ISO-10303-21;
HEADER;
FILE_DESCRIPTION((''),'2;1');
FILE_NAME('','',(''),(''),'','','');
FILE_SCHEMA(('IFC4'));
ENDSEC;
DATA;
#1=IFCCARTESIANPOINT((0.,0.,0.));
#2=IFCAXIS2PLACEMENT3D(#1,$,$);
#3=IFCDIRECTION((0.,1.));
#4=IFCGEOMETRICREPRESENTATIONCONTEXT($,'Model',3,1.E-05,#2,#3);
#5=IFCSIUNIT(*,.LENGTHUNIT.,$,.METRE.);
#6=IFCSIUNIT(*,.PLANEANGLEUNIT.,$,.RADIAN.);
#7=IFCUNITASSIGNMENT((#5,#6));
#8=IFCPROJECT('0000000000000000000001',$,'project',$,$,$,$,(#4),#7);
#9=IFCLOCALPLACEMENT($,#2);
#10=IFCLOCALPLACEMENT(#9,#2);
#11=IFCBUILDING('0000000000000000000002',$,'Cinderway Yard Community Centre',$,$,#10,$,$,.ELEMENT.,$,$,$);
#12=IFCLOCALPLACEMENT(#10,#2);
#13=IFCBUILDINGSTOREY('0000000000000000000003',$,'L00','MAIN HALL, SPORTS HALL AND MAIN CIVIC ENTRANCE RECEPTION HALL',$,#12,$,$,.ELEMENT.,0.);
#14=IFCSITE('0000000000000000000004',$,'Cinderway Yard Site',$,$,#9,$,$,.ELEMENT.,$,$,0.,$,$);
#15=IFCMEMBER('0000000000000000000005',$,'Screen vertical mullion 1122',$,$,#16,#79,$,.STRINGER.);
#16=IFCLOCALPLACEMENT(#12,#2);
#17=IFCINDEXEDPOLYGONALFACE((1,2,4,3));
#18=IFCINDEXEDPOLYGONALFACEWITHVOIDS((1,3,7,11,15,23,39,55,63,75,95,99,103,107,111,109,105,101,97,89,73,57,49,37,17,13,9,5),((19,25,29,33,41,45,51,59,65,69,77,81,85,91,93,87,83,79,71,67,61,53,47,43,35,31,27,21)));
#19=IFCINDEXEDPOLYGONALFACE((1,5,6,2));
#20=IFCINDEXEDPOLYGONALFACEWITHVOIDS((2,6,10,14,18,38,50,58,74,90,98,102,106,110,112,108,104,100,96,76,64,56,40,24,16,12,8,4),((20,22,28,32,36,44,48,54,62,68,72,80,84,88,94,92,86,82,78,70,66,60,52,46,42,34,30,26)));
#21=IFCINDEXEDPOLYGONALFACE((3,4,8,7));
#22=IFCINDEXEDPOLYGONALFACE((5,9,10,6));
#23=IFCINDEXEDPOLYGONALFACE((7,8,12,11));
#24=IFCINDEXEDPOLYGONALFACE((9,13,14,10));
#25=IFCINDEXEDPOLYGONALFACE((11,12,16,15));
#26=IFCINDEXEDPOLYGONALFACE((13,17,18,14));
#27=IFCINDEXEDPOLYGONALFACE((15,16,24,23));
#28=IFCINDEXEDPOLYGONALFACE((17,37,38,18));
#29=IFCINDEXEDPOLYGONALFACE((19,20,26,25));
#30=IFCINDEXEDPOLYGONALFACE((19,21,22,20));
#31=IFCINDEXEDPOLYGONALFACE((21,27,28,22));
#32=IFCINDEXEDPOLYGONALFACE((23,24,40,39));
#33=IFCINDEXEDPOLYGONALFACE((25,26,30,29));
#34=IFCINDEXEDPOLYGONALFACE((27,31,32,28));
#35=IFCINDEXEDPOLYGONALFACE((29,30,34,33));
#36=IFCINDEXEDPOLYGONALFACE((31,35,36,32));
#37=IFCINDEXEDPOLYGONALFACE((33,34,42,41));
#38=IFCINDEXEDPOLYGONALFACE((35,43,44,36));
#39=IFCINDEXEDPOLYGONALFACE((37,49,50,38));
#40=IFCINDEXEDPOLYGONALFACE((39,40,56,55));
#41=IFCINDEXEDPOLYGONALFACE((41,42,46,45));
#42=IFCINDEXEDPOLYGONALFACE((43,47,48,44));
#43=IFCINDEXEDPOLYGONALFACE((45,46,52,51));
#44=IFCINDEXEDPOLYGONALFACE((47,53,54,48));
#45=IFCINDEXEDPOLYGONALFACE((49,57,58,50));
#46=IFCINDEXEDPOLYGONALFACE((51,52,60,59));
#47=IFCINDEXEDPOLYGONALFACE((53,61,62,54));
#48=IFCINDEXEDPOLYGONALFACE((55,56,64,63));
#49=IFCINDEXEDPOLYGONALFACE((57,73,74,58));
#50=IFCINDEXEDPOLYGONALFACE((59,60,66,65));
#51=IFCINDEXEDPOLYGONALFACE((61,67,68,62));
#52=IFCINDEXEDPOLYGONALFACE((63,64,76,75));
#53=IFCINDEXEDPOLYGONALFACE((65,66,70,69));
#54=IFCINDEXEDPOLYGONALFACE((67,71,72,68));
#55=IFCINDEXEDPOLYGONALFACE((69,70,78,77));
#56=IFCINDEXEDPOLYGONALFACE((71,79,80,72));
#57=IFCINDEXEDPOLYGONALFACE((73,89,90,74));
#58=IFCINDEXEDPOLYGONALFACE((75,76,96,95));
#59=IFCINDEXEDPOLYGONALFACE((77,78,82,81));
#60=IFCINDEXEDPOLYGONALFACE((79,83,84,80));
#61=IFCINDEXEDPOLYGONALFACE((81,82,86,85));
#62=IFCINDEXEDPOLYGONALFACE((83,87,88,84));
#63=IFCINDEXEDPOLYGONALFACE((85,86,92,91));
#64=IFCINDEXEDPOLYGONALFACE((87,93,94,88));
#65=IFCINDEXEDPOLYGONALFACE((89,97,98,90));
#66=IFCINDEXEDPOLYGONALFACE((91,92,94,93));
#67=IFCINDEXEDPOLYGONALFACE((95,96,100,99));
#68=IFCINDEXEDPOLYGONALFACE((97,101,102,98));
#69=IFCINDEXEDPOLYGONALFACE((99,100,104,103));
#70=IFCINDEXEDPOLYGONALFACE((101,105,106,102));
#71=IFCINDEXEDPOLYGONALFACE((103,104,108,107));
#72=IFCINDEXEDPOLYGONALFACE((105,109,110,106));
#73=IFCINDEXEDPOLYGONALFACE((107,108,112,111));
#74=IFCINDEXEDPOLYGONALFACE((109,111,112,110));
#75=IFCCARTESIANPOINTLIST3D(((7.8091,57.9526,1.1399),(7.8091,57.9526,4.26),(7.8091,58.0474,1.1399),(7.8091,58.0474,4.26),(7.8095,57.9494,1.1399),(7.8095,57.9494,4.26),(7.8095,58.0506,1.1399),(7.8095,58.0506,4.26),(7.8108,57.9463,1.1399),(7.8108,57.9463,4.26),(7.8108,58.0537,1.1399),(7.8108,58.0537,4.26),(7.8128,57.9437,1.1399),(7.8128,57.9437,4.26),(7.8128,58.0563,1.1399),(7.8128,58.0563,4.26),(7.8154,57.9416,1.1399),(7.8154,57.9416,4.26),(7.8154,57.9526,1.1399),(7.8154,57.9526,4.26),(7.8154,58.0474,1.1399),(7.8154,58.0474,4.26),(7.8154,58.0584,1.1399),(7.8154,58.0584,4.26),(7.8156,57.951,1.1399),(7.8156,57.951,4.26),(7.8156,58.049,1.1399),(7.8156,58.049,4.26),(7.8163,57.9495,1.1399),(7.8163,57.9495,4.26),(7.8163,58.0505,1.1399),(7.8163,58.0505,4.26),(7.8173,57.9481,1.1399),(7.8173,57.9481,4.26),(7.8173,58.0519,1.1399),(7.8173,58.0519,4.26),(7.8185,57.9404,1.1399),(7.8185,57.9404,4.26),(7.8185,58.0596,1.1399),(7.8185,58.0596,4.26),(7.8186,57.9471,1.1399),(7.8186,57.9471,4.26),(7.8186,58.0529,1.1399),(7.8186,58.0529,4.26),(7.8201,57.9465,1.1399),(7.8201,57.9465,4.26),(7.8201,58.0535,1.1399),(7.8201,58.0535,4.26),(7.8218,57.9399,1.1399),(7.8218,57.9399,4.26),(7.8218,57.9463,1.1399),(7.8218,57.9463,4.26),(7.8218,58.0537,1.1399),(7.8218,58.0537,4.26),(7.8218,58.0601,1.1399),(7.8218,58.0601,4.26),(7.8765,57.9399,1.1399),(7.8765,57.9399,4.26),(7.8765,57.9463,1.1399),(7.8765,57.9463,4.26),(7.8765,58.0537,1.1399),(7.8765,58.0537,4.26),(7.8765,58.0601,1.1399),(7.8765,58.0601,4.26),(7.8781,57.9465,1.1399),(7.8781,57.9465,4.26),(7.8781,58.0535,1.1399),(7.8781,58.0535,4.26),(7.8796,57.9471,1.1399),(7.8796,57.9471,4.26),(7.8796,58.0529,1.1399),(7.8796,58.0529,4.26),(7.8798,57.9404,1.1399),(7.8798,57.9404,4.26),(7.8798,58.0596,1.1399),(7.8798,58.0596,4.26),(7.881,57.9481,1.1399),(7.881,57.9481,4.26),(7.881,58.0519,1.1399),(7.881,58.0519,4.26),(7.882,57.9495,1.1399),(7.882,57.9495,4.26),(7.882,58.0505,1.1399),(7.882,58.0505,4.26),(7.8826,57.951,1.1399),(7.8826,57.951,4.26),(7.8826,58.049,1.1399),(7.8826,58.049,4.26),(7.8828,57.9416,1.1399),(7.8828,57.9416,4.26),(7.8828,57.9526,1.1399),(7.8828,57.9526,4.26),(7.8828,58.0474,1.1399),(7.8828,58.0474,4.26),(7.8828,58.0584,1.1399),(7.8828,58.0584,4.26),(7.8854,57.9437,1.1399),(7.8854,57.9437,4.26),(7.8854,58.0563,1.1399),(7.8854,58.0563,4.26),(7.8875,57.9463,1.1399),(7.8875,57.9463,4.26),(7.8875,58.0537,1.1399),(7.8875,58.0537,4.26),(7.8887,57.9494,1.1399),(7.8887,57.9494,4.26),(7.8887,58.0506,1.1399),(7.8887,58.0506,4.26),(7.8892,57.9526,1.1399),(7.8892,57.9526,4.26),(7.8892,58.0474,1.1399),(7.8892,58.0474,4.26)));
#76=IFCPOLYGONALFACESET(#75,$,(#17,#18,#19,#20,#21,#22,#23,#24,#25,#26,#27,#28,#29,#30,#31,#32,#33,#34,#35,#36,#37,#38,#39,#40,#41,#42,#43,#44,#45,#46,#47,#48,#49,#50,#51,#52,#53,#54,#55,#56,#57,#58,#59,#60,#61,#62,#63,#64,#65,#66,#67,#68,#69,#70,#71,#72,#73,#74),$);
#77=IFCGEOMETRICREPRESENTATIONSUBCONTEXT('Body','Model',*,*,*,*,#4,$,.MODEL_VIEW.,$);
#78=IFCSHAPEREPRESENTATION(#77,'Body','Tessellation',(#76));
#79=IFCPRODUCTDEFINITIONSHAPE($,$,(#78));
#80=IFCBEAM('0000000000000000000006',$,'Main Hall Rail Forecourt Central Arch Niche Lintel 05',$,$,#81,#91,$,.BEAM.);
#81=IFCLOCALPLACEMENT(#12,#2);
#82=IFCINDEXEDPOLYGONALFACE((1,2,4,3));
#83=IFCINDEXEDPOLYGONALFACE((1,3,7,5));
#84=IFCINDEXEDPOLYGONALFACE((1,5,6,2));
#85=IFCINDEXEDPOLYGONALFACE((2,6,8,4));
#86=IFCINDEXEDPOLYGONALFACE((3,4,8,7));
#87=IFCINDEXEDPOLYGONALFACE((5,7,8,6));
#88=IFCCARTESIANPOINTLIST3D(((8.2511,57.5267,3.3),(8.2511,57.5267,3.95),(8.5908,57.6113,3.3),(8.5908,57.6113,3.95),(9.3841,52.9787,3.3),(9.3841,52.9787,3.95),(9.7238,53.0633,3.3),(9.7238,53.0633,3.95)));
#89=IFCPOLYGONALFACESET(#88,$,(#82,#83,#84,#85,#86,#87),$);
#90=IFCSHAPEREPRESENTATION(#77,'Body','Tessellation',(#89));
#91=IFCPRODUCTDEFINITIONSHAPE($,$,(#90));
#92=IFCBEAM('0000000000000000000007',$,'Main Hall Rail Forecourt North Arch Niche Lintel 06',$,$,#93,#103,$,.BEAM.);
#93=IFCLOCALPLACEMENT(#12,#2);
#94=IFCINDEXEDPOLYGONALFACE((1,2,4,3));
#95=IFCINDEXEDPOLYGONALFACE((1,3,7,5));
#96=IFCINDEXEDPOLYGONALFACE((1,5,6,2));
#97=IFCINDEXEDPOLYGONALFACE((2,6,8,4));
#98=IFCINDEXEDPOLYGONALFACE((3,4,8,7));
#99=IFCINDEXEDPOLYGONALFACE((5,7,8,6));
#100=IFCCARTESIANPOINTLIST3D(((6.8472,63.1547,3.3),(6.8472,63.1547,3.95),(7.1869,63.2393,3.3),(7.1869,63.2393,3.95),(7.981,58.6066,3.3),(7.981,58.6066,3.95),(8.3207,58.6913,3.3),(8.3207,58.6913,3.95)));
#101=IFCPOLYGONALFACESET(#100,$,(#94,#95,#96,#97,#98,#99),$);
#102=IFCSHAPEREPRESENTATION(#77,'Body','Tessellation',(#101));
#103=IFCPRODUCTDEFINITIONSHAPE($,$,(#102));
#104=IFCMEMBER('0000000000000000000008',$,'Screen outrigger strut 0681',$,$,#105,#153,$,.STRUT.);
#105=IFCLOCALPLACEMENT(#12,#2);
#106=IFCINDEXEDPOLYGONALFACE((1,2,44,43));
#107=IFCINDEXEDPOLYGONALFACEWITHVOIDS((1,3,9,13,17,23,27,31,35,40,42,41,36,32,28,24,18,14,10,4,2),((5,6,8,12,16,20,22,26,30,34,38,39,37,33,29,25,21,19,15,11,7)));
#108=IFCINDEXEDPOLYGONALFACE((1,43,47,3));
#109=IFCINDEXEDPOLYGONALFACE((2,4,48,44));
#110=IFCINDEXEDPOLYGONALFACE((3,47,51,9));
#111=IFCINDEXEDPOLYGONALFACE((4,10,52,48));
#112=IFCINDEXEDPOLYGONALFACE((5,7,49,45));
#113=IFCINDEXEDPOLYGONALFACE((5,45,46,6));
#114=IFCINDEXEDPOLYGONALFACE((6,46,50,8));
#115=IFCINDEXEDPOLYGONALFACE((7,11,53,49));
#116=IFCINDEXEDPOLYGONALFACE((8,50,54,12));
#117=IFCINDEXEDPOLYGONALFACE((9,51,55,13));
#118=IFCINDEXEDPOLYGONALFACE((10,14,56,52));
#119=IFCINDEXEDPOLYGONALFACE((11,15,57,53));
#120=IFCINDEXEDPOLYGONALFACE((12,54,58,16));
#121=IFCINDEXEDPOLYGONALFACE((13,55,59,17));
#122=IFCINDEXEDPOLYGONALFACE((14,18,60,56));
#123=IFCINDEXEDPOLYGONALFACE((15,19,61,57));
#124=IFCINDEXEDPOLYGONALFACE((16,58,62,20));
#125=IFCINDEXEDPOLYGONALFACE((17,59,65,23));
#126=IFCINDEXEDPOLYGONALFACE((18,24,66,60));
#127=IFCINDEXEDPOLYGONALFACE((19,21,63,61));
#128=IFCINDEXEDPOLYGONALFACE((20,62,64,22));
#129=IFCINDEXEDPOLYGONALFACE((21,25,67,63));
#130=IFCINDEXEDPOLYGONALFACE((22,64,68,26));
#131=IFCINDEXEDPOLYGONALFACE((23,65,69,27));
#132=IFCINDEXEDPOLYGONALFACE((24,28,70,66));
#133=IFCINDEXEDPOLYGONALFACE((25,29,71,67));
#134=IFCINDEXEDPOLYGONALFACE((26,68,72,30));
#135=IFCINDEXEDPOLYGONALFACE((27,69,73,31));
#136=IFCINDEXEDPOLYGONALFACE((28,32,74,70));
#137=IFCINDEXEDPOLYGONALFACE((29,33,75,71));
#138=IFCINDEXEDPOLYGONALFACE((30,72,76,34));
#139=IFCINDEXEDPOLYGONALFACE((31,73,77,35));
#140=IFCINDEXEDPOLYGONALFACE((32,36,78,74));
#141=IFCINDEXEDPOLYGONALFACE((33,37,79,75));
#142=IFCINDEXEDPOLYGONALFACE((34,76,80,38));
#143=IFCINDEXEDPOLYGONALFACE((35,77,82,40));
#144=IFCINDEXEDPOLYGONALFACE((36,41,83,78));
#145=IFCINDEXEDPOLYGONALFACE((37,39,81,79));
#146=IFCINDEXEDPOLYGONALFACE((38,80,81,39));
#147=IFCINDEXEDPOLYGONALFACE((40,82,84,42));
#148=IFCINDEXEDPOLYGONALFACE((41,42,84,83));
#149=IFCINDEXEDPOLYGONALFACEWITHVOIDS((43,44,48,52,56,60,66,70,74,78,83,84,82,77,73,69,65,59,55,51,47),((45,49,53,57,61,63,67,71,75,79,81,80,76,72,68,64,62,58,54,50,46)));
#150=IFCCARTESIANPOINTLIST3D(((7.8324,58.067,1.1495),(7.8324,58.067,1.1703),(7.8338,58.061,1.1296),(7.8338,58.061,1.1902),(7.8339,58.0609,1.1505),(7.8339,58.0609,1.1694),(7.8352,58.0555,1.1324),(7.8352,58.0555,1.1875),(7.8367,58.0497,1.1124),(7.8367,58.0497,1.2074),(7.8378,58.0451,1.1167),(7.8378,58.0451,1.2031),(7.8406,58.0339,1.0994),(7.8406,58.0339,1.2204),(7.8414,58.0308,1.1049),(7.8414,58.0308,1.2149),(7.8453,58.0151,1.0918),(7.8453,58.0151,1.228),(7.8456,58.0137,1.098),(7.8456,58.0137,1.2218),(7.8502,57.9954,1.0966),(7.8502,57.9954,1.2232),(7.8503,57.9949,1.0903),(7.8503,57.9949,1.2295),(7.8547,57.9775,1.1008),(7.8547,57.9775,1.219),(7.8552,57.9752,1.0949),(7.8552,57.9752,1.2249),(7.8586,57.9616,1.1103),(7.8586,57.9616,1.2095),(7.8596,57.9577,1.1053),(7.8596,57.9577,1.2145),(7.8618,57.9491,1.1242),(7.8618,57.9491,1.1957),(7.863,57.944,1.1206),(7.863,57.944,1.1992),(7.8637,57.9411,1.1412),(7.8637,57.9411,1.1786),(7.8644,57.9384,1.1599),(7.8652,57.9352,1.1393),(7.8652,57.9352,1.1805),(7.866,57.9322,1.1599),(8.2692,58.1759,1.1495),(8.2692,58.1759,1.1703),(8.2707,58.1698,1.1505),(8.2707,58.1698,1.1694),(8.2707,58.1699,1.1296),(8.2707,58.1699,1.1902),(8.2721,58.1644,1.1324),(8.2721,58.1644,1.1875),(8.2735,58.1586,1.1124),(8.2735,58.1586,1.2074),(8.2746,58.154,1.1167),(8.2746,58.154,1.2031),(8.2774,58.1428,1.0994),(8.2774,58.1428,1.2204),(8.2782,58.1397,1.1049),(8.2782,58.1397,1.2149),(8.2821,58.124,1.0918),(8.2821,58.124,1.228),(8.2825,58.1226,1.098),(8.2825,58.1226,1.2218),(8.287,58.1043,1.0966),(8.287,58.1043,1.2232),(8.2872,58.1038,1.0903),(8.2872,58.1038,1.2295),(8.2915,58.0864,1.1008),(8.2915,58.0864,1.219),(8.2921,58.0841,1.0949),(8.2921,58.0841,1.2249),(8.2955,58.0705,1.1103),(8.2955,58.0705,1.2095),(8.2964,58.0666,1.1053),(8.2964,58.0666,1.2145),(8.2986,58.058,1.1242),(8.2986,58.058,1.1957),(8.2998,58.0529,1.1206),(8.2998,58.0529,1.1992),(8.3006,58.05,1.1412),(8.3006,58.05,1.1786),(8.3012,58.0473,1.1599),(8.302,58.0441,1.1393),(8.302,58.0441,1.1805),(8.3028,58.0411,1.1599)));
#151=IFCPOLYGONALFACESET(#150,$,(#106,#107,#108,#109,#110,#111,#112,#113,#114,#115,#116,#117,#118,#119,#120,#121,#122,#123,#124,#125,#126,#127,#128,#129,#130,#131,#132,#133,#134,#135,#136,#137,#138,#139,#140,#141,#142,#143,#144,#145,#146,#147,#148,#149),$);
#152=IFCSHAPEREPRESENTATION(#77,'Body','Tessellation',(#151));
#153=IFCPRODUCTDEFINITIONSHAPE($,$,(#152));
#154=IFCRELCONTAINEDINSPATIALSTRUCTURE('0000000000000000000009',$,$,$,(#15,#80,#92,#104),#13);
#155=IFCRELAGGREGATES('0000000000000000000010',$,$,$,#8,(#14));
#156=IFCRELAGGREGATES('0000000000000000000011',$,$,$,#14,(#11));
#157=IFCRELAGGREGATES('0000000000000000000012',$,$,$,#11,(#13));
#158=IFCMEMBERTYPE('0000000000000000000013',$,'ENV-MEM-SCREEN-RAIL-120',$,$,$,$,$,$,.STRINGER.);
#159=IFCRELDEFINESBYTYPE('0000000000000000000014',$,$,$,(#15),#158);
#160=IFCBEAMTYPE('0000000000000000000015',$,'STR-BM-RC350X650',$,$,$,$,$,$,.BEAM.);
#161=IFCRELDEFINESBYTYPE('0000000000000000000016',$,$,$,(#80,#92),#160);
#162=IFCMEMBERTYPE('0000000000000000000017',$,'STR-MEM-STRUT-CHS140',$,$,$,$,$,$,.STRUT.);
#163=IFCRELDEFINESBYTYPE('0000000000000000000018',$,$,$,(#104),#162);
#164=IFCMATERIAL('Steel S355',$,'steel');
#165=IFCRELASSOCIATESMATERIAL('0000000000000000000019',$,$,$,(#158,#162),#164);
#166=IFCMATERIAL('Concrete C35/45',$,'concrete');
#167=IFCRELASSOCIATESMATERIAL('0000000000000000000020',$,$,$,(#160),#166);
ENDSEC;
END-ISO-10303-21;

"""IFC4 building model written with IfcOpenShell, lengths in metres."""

from ifc_helpers import new_model, si_unit, direction, frame, origin, origin_2d, place, context, subcontext, project, spatial, rectangle, hollow_rectangle, hollow_circle, extrude, material, material_profile, profile_set, type_object, element, save


model = new_model("IFC4")

# Units and contexts
model_context = context("Model", 3, precision=1e-05, world=origin(), true_north=direction((0.0, 1.0)))
body_context = subcontext(model_context, "Body", "Model", "MODEL_VIEW")
ifc_project = project(units=[si_unit("LENGTHUNIT", "METRE"), si_unit("PLANEANGLEUNIT", "RADIAN")], contexts=[model_context])

# Site, building, storey
site_placement = place(None, origin())
site = spatial("IfcSite", under=ifc_project, at=site_placement, Name="Cinderway Yard Site", CompositionType="ELEMENT", RefElevation=0.0)
building_placement = place(site_placement, origin())
building = spatial("IfcBuilding", under=site, at=building_placement, Name="Cinderway Yard Community Centre", CompositionType="ELEMENT")
storey_placement = place(building_placement, origin())
storey = spatial("IfcBuildingStorey", under=building, at=storey_placement, Name="L00", Description="MAIN HALL, SPORTS HALL AND MAIN CIVIC ENTRANCE RECEPTION HALL", CompositionType="ELEMENT", Elevation=0.0)

# Member
ifc_material_1 = material(Name="Steel S355", Category="steel")
ifc_material_profile_1 = material_profile(ifc_material_1, hollow_rectangle(XDim=0.0801, YDim=0.1201, WallThickness=0.0063, InnerFilletRadius=0.0063, OuterFilletRadius=0.0127, at=origin_2d()), Name="Steel S355")
ifc_profile_set_1 = profile_set([ifc_material_profile_1], Name="Steel S355")
member_type_1 = type_object("IfcMemberType", Name="ENV-MEM-SCREEN-RAIL-120", PredefinedType="STRINGER", material=ifc_profile_set_1)
member_placement = place(storey_placement, frame((7.8491, 58.0, 1.1399), z_axis=(0.0, 0.0, 1.0), x_axis=(1.0, 0.0, 0.0)))
element("IfcMember", 1, at=member_placement, inside=storey, type_object=member_type_1, Name="Screen vertical mullion 1122", PredefinedType="STRINGER", context=body_context, shape_type="SweptSolid", body=[
    extrude(hollow_rectangle(XDim=0.0801, YDim=0.1201, WallThickness=0.0063, InnerFilletRadius=0.0063, OuterFilletRadius=0.0127, at=origin_2d()), origin(), (0.0, 0.0, 1.0), 3.1201),
])

# Beams
ifc_material_2 = material(Name="Concrete C35/45", Category="concrete")
ifc_material_profile_2 = material_profile(ifc_material_2, rectangle(XDim=0.3501, YDim=0.6499, at=origin_2d()), Name="Concrete C35/45")
ifc_profile_set_2 = profile_set([ifc_material_profile_2], Name="Concrete C35/45")
beam_type = type_object("IfcBeamType", Name="STR-BM-RC350X650", PredefinedType="BEAM", material=ifc_profile_set_2)
beam_1_placement = place(storey_placement, frame((9.554, 53.021, 3.625), z_axis=(-0.241739, 0.970341, 0.0), x_axis=(-0.970341, -0.241739, 0.0)))
element("IfcBeam", 2, at=beam_1_placement, inside=storey, type_object=beam_type, Name="Main Hall Rail Forecourt Central Arch Niche Lintel 05", PredefinedType="BEAM", context=body_context, shape_type="SweptSolid", body=[
    extrude(rectangle(XDim=0.3501, YDim=0.6499, at=origin_2d()), origin(), (0.0, 0.0, 1.0), 4.687),
])
beam_2_placement = place(storey_placement, frame((8.1509, 58.6489, 3.625), z_axis=(-0.241886, 0.970305, 0.0), x_axis=(-0.970305, -0.241886, 0.0)))
element("IfcBeam", 3, at=beam_2_placement, inside=storey, type_object=beam_type, Name="Main Hall Rail Forecourt North Arch Niche Lintel 06", PredefinedType="BEAM", context=body_context, shape_type="SweptSolid", body=[
    extrude(rectangle(XDim=0.3501, YDim=0.6499, at=origin_2d()), origin(), (0.0, 0.0, 1.0), 4.6873),
])

# Member
ifc_material_profile_3 = material_profile(ifc_material_1, hollow_circle(Radius=0.0698, WallThickness=0.0063, at=origin_2d()), Name="Steel S355")
ifc_profile_set_3 = profile_set([ifc_material_profile_3], Name="Steel S355")
member_type_2 = type_object("IfcMemberType", Name="STR-MEM-STRUT-CHS140", PredefinedType="STRUT", material=ifc_profile_set_3)
for number, where, z_axis, x_axis, name in (
    (4, (8.2859, 58.1089, 1.1599), (-0.970302, -0.241897, 0.0), (0.241897, -0.970302, 0.0), "Screen outrigger strut 0681"),
):
    element("IfcMember", number, at=place(storey_placement, frame(where, z_axis=z_axis, x_axis=x_axis)), inside=storey, type_object=member_type_2, Name=name, PredefinedType="STRUT", context=body_context, shape_type="SweptSolid", body=[
        extrude(hollow_circle(Radius=0.0698, WallThickness=0.0063, at=origin_2d()), origin(), (0.0, 0.0, 1.0), 0.4502),
    ])

save(model, "model.ifc")
